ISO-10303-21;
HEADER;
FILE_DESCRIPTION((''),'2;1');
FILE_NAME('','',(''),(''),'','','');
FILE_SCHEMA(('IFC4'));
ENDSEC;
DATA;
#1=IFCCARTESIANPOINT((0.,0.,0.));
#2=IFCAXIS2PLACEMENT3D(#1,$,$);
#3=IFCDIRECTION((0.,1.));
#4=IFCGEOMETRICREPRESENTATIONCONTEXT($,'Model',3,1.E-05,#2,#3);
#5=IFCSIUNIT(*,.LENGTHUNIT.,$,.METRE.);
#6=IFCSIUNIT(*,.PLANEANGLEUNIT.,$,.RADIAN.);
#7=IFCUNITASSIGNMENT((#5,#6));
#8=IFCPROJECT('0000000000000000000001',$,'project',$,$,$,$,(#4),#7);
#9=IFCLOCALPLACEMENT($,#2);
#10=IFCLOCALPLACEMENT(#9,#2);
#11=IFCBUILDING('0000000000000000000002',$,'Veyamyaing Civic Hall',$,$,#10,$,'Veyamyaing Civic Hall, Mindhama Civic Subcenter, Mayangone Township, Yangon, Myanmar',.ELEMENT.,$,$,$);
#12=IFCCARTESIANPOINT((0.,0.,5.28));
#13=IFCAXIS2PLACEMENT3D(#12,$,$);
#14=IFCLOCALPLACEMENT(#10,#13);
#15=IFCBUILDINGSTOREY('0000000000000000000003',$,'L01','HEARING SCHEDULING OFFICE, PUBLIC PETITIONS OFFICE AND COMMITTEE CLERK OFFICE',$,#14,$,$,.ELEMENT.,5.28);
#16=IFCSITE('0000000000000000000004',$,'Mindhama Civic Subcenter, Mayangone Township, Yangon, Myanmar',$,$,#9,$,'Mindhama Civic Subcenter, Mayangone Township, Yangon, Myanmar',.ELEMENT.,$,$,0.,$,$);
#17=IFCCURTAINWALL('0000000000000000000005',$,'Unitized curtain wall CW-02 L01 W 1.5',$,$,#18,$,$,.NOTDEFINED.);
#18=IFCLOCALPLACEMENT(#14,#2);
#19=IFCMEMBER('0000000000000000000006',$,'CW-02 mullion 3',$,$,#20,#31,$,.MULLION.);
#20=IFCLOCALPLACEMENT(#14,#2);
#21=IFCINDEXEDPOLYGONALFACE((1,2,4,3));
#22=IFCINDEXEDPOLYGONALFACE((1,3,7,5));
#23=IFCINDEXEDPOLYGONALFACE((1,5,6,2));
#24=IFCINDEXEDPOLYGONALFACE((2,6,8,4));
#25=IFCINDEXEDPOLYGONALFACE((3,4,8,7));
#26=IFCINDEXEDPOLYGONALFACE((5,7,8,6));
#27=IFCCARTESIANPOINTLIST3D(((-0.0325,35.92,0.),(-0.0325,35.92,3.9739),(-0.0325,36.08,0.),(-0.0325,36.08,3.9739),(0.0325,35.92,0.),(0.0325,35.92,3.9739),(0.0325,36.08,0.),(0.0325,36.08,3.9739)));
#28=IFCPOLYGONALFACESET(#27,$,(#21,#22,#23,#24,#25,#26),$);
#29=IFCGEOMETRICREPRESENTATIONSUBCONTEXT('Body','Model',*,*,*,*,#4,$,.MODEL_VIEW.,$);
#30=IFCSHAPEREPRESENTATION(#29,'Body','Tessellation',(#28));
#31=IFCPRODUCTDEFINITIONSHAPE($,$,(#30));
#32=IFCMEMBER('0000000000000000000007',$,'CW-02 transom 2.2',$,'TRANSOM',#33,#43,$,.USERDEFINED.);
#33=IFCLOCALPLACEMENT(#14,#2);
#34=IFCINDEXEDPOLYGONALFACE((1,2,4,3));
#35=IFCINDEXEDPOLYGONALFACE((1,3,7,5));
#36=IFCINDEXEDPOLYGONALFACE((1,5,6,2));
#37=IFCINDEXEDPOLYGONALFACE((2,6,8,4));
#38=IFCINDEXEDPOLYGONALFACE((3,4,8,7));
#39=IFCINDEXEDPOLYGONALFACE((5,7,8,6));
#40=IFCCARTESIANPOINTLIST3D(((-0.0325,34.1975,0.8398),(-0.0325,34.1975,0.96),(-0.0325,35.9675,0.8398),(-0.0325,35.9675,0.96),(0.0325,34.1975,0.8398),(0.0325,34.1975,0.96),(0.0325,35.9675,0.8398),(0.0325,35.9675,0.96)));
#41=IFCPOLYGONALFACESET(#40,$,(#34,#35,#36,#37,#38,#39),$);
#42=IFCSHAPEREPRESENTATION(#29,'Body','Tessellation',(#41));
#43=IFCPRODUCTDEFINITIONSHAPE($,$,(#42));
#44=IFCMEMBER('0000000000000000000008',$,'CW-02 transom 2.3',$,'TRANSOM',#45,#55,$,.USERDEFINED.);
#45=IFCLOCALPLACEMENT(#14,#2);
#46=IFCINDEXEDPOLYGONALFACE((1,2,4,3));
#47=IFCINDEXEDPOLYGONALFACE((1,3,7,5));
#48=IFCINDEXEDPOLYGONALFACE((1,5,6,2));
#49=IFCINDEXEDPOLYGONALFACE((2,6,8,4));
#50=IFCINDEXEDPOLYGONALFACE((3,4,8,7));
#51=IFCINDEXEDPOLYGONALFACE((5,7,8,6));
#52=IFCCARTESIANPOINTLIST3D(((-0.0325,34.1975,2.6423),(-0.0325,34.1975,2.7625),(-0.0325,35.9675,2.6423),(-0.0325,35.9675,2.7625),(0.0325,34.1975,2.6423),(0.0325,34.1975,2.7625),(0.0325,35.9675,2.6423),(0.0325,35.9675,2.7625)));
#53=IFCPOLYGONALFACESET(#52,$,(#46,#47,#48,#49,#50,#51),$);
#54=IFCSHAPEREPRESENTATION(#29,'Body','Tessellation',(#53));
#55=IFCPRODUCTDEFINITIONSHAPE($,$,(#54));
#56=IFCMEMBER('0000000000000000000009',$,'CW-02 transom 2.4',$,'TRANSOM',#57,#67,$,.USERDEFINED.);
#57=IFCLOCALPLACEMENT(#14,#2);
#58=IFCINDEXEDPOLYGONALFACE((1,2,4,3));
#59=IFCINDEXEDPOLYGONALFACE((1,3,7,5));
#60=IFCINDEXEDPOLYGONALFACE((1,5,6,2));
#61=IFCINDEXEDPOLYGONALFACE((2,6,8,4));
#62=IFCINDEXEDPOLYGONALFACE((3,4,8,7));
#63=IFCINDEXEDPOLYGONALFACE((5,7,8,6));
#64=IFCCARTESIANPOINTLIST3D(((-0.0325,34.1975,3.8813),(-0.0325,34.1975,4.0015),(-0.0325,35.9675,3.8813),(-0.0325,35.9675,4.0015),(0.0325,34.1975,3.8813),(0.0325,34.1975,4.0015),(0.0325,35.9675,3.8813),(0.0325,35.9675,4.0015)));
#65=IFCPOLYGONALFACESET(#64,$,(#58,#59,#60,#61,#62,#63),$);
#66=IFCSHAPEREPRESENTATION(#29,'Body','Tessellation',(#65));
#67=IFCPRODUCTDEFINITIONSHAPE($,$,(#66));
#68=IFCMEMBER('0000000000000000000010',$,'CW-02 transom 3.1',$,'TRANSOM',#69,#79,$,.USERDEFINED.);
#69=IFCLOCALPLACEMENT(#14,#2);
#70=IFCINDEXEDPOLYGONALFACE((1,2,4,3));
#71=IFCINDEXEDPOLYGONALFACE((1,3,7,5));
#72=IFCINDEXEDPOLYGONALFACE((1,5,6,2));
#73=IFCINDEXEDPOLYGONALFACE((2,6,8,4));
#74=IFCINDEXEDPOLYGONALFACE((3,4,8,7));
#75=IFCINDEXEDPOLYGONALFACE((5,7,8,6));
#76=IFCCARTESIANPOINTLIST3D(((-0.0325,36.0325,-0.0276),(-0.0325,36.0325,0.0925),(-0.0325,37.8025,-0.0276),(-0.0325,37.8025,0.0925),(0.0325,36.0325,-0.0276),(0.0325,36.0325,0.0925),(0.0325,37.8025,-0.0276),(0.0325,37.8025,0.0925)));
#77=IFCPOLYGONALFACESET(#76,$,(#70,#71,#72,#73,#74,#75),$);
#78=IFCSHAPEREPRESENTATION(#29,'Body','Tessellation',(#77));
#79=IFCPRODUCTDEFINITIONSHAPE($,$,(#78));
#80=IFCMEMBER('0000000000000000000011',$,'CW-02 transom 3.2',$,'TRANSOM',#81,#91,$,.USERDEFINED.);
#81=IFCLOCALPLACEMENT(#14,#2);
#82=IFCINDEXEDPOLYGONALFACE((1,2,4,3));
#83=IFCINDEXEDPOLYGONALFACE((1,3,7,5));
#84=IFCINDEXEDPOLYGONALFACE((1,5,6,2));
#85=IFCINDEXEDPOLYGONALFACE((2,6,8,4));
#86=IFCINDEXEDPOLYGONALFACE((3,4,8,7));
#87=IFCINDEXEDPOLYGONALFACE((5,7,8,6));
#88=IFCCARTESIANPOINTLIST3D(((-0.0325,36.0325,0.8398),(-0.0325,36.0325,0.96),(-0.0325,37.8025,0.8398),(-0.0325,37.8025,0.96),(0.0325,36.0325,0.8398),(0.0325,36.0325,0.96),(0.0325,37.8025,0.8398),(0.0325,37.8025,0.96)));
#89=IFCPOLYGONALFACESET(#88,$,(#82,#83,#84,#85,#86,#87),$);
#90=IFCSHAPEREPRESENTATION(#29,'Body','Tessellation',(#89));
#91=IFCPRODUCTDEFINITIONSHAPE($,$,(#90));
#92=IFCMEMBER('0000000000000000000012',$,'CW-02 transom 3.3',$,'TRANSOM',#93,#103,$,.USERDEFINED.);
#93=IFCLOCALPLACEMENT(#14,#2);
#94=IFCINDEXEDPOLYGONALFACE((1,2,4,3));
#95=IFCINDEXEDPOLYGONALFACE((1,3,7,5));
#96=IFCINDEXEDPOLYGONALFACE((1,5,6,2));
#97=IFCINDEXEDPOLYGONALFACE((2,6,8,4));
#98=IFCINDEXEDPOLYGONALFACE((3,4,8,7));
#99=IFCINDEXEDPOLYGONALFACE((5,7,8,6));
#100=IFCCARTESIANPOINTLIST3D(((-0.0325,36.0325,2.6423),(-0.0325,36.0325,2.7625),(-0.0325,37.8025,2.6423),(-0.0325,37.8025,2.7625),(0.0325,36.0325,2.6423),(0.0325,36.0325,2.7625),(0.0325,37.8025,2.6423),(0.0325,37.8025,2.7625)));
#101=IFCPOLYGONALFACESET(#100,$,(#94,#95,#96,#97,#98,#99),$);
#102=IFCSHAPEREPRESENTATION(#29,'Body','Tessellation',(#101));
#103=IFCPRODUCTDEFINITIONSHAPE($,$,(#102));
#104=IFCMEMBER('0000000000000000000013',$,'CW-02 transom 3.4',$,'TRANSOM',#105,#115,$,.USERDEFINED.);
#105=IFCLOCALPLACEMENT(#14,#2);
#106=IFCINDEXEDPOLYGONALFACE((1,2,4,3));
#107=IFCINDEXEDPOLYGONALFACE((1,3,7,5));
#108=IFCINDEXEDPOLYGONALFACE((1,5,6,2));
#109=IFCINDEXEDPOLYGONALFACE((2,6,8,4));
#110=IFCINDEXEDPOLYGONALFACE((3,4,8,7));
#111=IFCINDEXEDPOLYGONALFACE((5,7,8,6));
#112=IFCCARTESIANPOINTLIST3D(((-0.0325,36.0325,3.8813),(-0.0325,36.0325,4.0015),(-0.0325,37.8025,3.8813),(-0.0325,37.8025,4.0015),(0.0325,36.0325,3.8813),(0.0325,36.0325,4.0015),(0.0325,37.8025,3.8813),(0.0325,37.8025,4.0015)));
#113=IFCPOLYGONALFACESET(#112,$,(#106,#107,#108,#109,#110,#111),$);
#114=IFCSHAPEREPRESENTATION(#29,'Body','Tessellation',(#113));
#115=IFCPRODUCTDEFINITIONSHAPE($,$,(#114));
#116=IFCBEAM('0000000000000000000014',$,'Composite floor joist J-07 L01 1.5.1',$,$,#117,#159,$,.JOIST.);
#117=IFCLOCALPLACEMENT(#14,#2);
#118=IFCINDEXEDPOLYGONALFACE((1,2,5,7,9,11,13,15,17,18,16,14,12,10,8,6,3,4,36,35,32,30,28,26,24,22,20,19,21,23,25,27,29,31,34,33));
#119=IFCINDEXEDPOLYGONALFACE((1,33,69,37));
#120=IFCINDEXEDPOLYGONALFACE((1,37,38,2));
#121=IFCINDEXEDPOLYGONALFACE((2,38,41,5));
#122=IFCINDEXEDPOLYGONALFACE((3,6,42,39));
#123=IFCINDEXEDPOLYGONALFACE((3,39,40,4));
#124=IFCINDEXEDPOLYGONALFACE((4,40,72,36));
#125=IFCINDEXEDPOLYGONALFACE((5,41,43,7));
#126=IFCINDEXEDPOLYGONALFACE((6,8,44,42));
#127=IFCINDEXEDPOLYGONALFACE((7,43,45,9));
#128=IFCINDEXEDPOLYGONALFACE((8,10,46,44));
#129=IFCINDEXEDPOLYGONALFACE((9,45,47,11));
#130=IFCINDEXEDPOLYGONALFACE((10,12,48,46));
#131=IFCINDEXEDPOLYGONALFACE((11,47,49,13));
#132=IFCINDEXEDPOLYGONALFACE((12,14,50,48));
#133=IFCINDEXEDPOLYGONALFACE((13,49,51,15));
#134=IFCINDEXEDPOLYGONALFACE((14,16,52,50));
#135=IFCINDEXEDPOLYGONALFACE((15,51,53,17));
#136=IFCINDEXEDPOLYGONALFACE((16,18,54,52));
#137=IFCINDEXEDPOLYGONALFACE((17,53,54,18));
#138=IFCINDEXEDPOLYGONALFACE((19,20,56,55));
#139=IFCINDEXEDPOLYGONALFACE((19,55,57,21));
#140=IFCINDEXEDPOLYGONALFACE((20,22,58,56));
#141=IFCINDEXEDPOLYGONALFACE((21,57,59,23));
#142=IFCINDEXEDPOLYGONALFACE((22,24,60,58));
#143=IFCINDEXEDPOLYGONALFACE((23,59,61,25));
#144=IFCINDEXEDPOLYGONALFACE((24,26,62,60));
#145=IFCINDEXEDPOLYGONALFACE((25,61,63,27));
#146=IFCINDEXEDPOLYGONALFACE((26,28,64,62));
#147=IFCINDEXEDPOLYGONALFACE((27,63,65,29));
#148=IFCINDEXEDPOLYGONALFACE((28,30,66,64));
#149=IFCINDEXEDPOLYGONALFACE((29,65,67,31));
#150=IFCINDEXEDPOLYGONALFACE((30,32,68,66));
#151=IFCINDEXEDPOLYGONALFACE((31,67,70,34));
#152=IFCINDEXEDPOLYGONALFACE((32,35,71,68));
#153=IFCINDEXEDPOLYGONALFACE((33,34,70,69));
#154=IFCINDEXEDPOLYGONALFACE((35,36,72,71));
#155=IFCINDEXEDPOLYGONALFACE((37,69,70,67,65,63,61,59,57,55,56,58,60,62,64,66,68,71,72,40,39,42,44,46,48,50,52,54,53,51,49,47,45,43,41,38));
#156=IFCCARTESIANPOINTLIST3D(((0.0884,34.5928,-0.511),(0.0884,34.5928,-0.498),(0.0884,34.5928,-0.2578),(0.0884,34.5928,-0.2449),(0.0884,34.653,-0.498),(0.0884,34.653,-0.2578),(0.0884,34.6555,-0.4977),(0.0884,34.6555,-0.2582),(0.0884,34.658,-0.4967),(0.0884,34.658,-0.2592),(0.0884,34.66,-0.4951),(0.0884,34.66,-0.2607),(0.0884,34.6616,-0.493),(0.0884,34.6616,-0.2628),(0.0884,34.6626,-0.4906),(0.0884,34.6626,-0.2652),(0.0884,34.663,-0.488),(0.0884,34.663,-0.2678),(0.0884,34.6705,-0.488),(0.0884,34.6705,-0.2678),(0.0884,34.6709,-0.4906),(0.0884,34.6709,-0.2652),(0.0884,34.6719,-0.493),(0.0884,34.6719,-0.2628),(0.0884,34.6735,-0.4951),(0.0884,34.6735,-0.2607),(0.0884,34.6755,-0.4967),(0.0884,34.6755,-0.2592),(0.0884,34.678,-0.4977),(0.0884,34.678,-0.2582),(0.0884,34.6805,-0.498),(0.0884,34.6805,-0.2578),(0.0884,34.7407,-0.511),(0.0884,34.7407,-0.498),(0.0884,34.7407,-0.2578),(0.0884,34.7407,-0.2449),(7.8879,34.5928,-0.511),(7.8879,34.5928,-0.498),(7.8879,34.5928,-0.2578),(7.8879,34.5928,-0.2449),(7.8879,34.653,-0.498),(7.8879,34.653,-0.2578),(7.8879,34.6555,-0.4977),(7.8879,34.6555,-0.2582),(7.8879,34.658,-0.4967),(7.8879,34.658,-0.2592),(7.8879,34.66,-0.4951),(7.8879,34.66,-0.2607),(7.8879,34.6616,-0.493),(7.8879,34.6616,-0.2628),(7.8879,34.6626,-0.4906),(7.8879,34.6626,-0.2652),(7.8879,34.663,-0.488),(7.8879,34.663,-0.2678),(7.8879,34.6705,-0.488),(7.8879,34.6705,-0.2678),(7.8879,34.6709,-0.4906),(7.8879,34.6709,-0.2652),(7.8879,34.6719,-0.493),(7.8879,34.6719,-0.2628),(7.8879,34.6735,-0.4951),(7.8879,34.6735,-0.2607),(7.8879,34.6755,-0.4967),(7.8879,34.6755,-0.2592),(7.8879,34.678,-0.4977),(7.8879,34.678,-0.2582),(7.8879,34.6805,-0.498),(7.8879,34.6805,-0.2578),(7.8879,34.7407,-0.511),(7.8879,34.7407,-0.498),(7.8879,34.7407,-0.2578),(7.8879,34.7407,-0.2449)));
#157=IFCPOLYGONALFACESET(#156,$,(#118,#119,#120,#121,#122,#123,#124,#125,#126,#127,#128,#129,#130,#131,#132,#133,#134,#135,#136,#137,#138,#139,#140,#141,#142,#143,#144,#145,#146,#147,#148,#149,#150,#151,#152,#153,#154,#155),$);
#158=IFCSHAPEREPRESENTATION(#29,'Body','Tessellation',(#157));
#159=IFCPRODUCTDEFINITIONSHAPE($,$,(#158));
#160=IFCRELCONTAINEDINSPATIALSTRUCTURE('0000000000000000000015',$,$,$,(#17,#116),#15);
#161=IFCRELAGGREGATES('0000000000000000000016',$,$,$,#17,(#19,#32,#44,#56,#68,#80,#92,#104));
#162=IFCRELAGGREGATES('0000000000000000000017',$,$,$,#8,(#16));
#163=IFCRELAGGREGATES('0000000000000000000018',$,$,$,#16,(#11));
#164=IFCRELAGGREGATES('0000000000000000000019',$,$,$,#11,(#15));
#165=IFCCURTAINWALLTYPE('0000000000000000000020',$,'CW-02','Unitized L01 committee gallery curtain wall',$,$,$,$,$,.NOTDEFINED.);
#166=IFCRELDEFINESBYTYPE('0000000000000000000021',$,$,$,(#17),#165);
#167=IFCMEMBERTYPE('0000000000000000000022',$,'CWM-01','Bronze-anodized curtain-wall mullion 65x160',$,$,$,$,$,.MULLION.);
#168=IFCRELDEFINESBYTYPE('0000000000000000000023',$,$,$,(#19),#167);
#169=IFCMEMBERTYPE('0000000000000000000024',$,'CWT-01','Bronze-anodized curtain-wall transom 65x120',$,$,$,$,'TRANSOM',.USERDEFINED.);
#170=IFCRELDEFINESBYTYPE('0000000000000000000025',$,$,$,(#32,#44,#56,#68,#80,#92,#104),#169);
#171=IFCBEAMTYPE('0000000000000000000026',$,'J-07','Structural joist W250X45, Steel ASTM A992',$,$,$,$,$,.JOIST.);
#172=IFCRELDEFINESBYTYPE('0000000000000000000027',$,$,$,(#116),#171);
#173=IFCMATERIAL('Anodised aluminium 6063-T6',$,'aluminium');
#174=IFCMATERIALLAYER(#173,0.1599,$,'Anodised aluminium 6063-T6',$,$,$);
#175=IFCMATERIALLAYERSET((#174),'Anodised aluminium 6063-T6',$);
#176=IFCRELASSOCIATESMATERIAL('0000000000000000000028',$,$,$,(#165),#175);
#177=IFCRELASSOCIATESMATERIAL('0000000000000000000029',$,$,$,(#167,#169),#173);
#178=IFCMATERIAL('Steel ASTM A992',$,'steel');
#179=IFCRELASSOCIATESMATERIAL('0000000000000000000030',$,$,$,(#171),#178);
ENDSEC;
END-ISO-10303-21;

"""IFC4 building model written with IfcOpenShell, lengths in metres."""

from ifc_helpers import new_model, si_unit, direction, frame, origin, origin_2d, place, context, subcontext, project, spatial, rectangle, i_section, extrude, material, layer, layer_set, material_profile, profile_set, type_object, element, aggregate, save


model = new_model("IFC4")

# Units and contexts
model_context = context("Model", 3, precision=1e-05, world=origin(), true_north=direction((0.0, 1.0)))
body_context = subcontext(model_context, "Body", "Model", "MODEL_VIEW")
ifc_project = project(units=[si_unit("LENGTHUNIT", "METRE"), si_unit("PLANEANGLEUNIT", "RADIAN")], contexts=[model_context])

# Site, building, storey
site_placement = place(None, origin())
site = spatial("IfcSite", under=ifc_project, at=site_placement, Name="Mindhama Civic Subcenter, Mayangone Township, Yangon, Myanmar", LongName="Mindhama Civic Subcenter, Mayangone Township, Yangon, Myanmar", CompositionType="ELEMENT", RefElevation=0.0)
building_placement = place(site_placement, origin())
building = spatial("IfcBuilding", under=site, at=building_placement, Name="Veyamyaing Civic Hall", LongName="Veyamyaing Civic Hall, Mindhama Civic Subcenter, Mayangone Township, Yangon, Myanmar", CompositionType="ELEMENT")
storey_placement = place(building_placement, frame((0.0, 0.0, 5.28)))
storey = spatial("IfcBuildingStorey", under=building, at=storey_placement, Name="L01", Description="HEARING SCHEDULING OFFICE, PUBLIC PETITIONS OFFICE AND COMMITTEE CLERK OFFICE", CompositionType="ELEMENT", Elevation=5.28)

# Curtain wall, members
ifc_material_1 = material(Name="Anodised aluminium 6063-T6", Category="aluminium")
ifc_layer_1 = layer(ifc_material_1, 0.1599, Name="Anodised aluminium 6063-T6")
ifc_layer_set_1 = layer_set([ifc_layer_1], Name="Anodised aluminium 6063-T6")
curtain_wall_type = type_object("IfcCurtainWallType", Name="CW-02", Description="Unitized L01 committee gallery curtain wall", PredefinedType="NOTDEFINED", material=ifc_layer_set_1)
curtain_wall_placement = place(storey_placement, origin())
curtain_wall = element("IfcCurtainWall", 1, at=curtain_wall_placement, inside=storey, type_object=curtain_wall_type, Name="Unitized curtain wall CW-02 L01 W 1.5", PredefinedType="NOTDEFINED")
ifc_material_profile_1 = material_profile(ifc_material_1, rectangle(XDim=0.0649, YDim=0.1599, at=origin_2d()), Name="ALU-MUL-65X160")
ifc_profile_set_1 = profile_set([ifc_material_profile_1], Name="Anodised aluminium 6063-T6")
member_type_1 = type_object("IfcMemberType", Name="CWM-01", Description="Bronze-anodized curtain-wall mullion 65x160", PredefinedType="MULLION", material=ifc_profile_set_1)
member_1_placement = place(storey_placement, frame((0.0, 36.0, 0.0), z_axis=(0.0, 0.0, 1.0), x_axis=(-1.0, 0.0, 0.0)))
member_1 = element("IfcMember", 2, at=member_1_placement, type_object=member_type_1, Name="CW-02 mullion 3", PredefinedType="MULLION", context=body_context, shape_type="SweptSolid", body=[
    extrude(rectangle(XDim=0.0649, YDim=0.1599, at=origin_2d()), origin(), (0.0, 0.0, 1.0), 3.9739),
])
ifc_material_profile_2 = material_profile(ifc_material_1, rectangle(XDim=0.0649, YDim=0.1201, at=origin_2d()), Name="ALU-TRN-65X120")
ifc_profile_set_2 = profile_set([ifc_material_profile_2], Name="Anodised aluminium 6063-T6")
member_type_2 = type_object("IfcMemberType", Name="CWT-01", Description="Bronze-anodized curtain-wall transom 65x120", ElementType="TRANSOM", PredefinedType="USERDEFINED", material=ifc_profile_set_2)
member_2_placement = place(storey_placement, frame((0.0, 34.1975, 0.8999), z_axis=(0.0, 1.0, 0.0), x_axis=(-1.0, 0.0, 0.0)))
member_2 = element("IfcMember", 3, at=member_2_placement, type_object=member_type_2, Name="CW-02 transom 2.2", ObjectType="TRANSOM", PredefinedType="USERDEFINED", context=body_context, shape_type="SweptSolid", body=[
    extrude(rectangle(XDim=0.0649, YDim=0.1201, at=origin_2d()), origin(), (0.0, 0.0, 1.0), 1.77),
])
member_3_placement = place(storey_placement, frame((0.0, 34.1975, 2.7024), z_axis=(0.0, 1.0, 0.0), x_axis=(-1.0, 0.0, 0.0)))
member_3 = element("IfcMember", 4, at=member_3_placement, type_object=member_type_2, Name="CW-02 transom 2.3", ObjectType="TRANSOM", PredefinedType="USERDEFINED", context=body_context, shape_type="SweptSolid", body=[
    extrude(rectangle(XDim=0.0649, YDim=0.1201, at=origin_2d()), origin(), (0.0, 0.0, 1.0), 1.77),
])
member_4_placement = place(storey_placement, frame((0.0, 34.1975, 3.9414), z_axis=(0.0, 1.0, 0.0), x_axis=(-1.0, 0.0, 0.0)))
member_4 = element("IfcMember", 5, at=member_4_placement, type_object=member_type_2, Name="CW-02 transom 2.4", ObjectType="TRANSOM", PredefinedType="USERDEFINED", context=body_context, shape_type="SweptSolid", body=[
    extrude(rectangle(XDim=0.0649, YDim=0.1201, at=origin_2d()), origin(), (0.0, 0.0, 1.0), 1.77),
])
member_5_placement = place(storey_placement, frame((0.0, 36.0325, 0.0325), z_axis=(0.0, 1.0, 0.0), x_axis=(-1.0, 0.0, 0.0)))
member_5 = element("IfcMember", 6, at=member_5_placement, type_object=member_type_2, Name="CW-02 transom 3.1", ObjectType="TRANSOM", PredefinedType="USERDEFINED", context=body_context, shape_type="SweptSolid", body=[
    extrude(rectangle(XDim=0.0649, YDim=0.1201, at=origin_2d()), origin(), (0.0, 0.0, 1.0), 1.77),
])
member_6_placement = place(storey_placement, frame((0.0, 36.0325, 0.8999), z_axis=(0.0, 1.0, 0.0), x_axis=(-1.0, 0.0, 0.0)))
member_6 = element("IfcMember", 7, at=member_6_placement, type_object=member_type_2, Name="CW-02 transom 3.2", ObjectType="TRANSOM", PredefinedType="USERDEFINED", context=body_context, shape_type="SweptSolid", body=[
    extrude(rectangle(XDim=0.0649, YDim=0.1201, at=origin_2d()), origin(), (0.0, 0.0, 1.0), 1.77),
])
member_7_placement = place(storey_placement, frame((0.0, 36.0325, 2.7024), z_axis=(0.0, 1.0, 0.0), x_axis=(-1.0, 0.0, 0.0)))
member_7 = element("IfcMember", 8, at=member_7_placement, type_object=member_type_2, Name="CW-02 transom 3.3", ObjectType="TRANSOM", PredefinedType="USERDEFINED", context=body_context, shape_type="SweptSolid", body=[
    extrude(rectangle(XDim=0.0649, YDim=0.1201, at=origin_2d()), origin(), (0.0, 0.0, 1.0), 1.77),
])
member_8_placement = place(storey_placement, frame((0.0, 36.0325, 3.9414), z_axis=(0.0, 1.0, 0.0), x_axis=(-1.0, 0.0, 0.0)))
member_8 = element("IfcMember", 9, at=member_8_placement, type_object=member_type_2, Name="CW-02 transom 3.4", ObjectType="TRANSOM", PredefinedType="USERDEFINED", context=body_context, shape_type="SweptSolid", body=[
    extrude(rectangle(XDim=0.0649, YDim=0.1201, at=origin_2d()), origin(), (0.0, 0.0, 1.0), 1.77),
])

# Beam
ifc_material_2 = material(Name="Steel ASTM A992", Category="steel")
ifc_material_profile_3 = material_profile(ifc_material_2, i_section(OverallWidth=0.1479, OverallDepth=0.2661, WebThickness=0.0076, FlangeThickness=0.0129, FilletRadius=0.01, at=origin_2d()), Name="W250X45")
ifc_profile_set_3 = profile_set([ifc_material_profile_3], Name="Steel ASTM A992")
beam_type = type_object("IfcBeamType", Name="J-07", Description="Structural joist W250X45, Steel ASTM A992", PredefinedType="JOIST", material=ifc_profile_set_3)
for number, where, z_axis, x_axis, name in (
    (10, (0.0884, 34.6667, -0.3779), (1.0, 0.0, 0.0), (0.0, 1.0, 0.0), "Composite floor joist J-07 L01 1.5.1"),
):
    element("IfcBeam", number, at=place(storey_placement, frame(where, z_axis=z_axis, x_axis=x_axis)), inside=storey, type_object=beam_type, Name=name, PredefinedType="JOIST", context=body_context, shape_type="SweptSolid", body=[
        extrude(i_section(OverallWidth=0.1479, OverallDepth=0.2661, WebThickness=0.0076, FlangeThickness=0.0129, FilletRadius=0.01, at=origin_2d()), origin(), (0.0, 0.0, 1.0), 7.7996),
    ])

aggregate(curtain_wall, [member_1, member_2, member_3, member_4, member_5, member_6, member_7, member_8])

save(model, "model.ifc")
